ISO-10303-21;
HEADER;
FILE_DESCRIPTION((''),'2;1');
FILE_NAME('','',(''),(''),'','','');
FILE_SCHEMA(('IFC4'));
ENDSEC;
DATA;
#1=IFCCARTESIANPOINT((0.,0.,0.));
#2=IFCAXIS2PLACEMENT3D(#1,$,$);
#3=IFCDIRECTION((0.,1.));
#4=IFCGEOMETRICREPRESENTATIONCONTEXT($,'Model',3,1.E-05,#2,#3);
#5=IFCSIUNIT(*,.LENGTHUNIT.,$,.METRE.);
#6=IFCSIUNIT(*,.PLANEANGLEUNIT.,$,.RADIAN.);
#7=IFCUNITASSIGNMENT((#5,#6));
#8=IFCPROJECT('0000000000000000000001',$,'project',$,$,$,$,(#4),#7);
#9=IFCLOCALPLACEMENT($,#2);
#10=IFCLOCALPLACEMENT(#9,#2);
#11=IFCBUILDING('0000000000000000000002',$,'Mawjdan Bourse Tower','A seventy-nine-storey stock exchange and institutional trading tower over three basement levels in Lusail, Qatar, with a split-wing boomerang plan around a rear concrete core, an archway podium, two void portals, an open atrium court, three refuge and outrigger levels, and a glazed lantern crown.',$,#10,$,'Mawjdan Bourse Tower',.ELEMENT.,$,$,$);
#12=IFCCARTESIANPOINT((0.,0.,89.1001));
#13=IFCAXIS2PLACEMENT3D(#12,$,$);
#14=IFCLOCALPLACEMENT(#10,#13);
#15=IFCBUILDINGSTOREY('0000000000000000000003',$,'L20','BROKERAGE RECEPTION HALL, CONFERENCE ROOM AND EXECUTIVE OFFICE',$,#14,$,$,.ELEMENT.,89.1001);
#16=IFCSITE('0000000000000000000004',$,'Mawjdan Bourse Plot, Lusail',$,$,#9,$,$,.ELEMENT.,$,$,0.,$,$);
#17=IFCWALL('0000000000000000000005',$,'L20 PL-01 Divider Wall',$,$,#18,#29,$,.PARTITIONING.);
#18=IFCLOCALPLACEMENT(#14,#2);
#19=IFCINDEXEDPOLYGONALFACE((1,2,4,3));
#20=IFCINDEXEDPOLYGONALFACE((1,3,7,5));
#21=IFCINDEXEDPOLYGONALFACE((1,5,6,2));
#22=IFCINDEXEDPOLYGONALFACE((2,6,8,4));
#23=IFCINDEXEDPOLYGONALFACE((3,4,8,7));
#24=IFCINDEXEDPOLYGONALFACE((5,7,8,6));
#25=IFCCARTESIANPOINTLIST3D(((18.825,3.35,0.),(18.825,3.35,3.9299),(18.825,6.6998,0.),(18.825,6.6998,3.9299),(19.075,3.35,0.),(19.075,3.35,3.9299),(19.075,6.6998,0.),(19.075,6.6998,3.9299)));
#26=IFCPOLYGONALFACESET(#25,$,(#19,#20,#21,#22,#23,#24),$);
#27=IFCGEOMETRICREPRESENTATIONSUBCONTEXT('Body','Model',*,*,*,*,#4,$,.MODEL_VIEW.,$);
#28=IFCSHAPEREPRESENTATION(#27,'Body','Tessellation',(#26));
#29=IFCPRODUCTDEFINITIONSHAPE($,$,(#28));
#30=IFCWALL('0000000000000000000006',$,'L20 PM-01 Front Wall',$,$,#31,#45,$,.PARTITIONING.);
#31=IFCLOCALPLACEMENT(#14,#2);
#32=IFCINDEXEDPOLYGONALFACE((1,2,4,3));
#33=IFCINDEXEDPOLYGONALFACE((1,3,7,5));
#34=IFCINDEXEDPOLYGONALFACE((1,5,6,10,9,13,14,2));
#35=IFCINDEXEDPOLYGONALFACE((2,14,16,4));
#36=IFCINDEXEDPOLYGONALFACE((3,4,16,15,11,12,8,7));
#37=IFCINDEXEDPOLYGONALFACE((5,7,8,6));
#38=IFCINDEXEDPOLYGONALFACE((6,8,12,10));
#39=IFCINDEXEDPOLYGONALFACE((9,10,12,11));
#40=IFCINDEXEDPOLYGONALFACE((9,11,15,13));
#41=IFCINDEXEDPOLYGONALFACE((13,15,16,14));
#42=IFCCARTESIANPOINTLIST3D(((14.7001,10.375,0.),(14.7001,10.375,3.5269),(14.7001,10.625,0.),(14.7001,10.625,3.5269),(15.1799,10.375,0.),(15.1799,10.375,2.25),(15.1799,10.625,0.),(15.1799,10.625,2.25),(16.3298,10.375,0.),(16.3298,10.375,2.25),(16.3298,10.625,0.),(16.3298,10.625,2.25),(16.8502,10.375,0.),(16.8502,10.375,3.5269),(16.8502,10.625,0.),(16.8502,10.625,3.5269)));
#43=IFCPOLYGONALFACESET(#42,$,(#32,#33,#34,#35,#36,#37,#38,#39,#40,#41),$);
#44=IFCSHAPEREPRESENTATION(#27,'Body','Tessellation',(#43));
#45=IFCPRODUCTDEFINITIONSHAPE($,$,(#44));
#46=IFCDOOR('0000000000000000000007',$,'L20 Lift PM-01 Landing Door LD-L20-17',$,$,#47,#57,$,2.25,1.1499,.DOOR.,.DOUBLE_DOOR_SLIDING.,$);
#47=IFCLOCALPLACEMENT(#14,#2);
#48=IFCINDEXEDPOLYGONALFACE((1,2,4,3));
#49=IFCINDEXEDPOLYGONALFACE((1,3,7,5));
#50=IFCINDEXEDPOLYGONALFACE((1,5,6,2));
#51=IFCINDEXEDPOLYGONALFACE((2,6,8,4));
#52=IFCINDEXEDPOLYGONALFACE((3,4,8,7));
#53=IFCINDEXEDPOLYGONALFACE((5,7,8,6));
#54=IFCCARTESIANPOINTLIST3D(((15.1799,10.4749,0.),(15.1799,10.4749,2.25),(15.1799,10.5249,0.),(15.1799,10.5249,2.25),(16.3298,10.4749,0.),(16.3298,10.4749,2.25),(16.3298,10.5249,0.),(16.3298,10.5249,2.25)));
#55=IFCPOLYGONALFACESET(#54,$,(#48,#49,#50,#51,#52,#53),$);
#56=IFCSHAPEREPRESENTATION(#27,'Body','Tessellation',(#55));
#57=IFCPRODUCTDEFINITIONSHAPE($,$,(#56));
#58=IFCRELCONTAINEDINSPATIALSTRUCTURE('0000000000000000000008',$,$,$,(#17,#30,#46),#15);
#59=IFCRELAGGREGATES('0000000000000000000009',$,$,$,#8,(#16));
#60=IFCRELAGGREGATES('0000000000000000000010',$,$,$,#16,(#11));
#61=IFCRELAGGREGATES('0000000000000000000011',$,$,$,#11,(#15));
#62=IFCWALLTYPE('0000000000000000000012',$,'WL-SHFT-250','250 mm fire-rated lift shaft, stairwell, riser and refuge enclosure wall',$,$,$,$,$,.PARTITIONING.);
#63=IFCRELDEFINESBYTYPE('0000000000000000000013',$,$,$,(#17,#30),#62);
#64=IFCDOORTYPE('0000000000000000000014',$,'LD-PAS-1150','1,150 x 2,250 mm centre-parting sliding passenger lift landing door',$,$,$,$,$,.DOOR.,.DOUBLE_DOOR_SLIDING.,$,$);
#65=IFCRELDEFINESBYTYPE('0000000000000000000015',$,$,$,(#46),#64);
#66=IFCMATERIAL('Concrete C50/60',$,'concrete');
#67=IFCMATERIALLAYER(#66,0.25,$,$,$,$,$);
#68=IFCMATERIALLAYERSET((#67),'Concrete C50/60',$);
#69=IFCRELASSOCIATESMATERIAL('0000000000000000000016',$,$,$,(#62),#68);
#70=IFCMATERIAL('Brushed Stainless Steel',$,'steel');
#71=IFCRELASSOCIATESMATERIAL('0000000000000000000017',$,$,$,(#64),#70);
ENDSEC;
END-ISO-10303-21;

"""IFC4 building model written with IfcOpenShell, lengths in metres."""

from ifc_helpers import new_model, si_unit, direction, frame, frame_2d, origin, place, context, subcontext, project, spatial, rectangle, extrude, material, layer, layer_set, type_object, element, fill, save


model = new_model("IFC4")

# Units and contexts
model_context = context("Model", 3, precision=1e-05, world=origin(), true_north=direction((0.0, 1.0)))
body_context = subcontext(model_context, "Body", "Model", "MODEL_VIEW")
ifc_project = project(units=[si_unit("LENGTHUNIT", "METRE"), si_unit("PLANEANGLEUNIT", "RADIAN")], contexts=[model_context])

# Site, building, storey
site_placement = place(None, origin())
site = spatial("IfcSite", under=ifc_project, at=site_placement, Name="Mawjdan Bourse Plot, Lusail", CompositionType="ELEMENT", RefElevation=0.0)
building_placement = place(site_placement, origin())
building = spatial("IfcBuilding", under=site, at=building_placement, Name="Mawjdan Bourse Tower", Description="A seventy-nine-storey stock exchange and institutional trading tower over three basement levels in Lusail, Qatar, with a split-wing boomerang plan around a rear concrete core, an archway podium, two void portals, an open atrium court, three refuge and outrigger levels, and a glazed lantern crown.", LongName="Mawjdan Bourse Tower", CompositionType="ELEMENT")
storey_placement = place(building_placement, frame((0.0, 0.0, 89.1001)))
storey = spatial("IfcBuildingStorey", under=building, at=storey_placement, Name="L20", Description="BROKERAGE RECEPTION HALL, CONFERENCE ROOM AND EXECUTIVE OFFICE", CompositionType="ELEMENT", Elevation=89.1001)

# Shared definitions
ifc_material_1 = material(Name="Concrete C50/60", Category="concrete")
ifc_layer = layer(ifc_material_1, 0.25)
ifc_layer_set = layer_set([ifc_layer], Name="Concrete C50/60")
wall_type = type_object("IfcWallType", Name="WL-SHFT-250", Description="250 mm fire-rated lift shaft, stairwell, riser and refuge enclosure wall", PredefinedType="PARTITIONING", material=ifc_layer_set)

# Shared definitions
ifc_material_2 = material(Name="Brushed Stainless Steel", Category="steel")

# Shared definitions
door_type_1 = type_object("IfcDoorType", Name="LD-PAS-1150", Description="1,150 x 2,250 mm centre-parting sliding passenger lift landing door", OperationType="DOUBLE_DOOR_SLIDING", PredefinedType="DOOR", material=ifc_material_2)

# Wall
wall_1_placement = place(storey_placement, frame((18.95, 3.3501, 0.0), z_axis=(0.0, 0.0, 1.0), x_axis=(0.0, 1.0, 0.0)))
element("IfcWall", 1, at=wall_1_placement, inside=storey, type_object=wall_type, Name="L20 PL-01 Divider Wall", PredefinedType="PARTITIONING", context=body_context, shape_type="SweptSolid", body=[
    extrude(rectangle(XDim=3.3499, YDim=0.25, at=frame_2d((1.6748, 0.0))), origin(), (0.0, 0.0, 1.0), 3.9299),
])

# Wall, opening, door
wall_2_placement = place(storey_placement, frame((14.7, 10.5, 0.0), z_axis=(0.0, 0.0, 1.0), x_axis=(1.0, 0.0, 0.0)))
wall_2 = element("IfcWall", 2, at=wall_2_placement, inside=storey, type_object=wall_type, Name="L20 PM-01 Front Wall", PredefinedType="PARTITIONING", context=body_context, shape_type="SweptSolid", body=[
    extrude(rectangle(XDim=2.1501, YDim=0.25, at=frame_2d((1.0752, 0.0))), origin(), (0.0, 0.0, 1.0), 3.5269),
])
opening_1_placement = place(wall_2_placement, frame((0.48, 0.0, 0.0)))
opening_1 = element("IfcOpeningElement", 3, at=opening_1_placement, cuts=wall_2, PredefinedType="OPENING", context=body_context, shape_type="SweptSolid", body=[
    extrude(rectangle(XDim=1.1499, YDim=2.25, at=frame_2d((0.575, 1.125))), frame((0.0, 0.135, 0.0), z_axis=(0.0, -1.0, 0.0), x_axis=(1.0, 0.0, 0.0)), (0.0, 0.0, 1.0), 0.27),
])
door_1_placement = place(opening_1_placement, origin())
door_1 = element("IfcDoor", 4, at=door_1_placement, inside=storey, type_object=door_type_1, Name="L20 Lift PM-01 Landing Door LD-L20-17", OperationType="DOUBLE_DOOR_SLIDING", OverallHeight=2.25, OverallWidth=1.1499, PredefinedType="DOOR", context=body_context, shape_type="SweptSolid", body=[
    extrude(rectangle(XDim=1.1499, YDim=2.25, at=frame_2d((0.575, 1.125))), frame((0.0, 0.0249, 0.0), z_axis=(0.0, -1.0, 0.0), x_axis=(1.0, 0.0, 0.0)), (0.0, 0.0, 1.0), 0.05),
])
fill(opening_1, door_1)

save(model, "model.ifc")
